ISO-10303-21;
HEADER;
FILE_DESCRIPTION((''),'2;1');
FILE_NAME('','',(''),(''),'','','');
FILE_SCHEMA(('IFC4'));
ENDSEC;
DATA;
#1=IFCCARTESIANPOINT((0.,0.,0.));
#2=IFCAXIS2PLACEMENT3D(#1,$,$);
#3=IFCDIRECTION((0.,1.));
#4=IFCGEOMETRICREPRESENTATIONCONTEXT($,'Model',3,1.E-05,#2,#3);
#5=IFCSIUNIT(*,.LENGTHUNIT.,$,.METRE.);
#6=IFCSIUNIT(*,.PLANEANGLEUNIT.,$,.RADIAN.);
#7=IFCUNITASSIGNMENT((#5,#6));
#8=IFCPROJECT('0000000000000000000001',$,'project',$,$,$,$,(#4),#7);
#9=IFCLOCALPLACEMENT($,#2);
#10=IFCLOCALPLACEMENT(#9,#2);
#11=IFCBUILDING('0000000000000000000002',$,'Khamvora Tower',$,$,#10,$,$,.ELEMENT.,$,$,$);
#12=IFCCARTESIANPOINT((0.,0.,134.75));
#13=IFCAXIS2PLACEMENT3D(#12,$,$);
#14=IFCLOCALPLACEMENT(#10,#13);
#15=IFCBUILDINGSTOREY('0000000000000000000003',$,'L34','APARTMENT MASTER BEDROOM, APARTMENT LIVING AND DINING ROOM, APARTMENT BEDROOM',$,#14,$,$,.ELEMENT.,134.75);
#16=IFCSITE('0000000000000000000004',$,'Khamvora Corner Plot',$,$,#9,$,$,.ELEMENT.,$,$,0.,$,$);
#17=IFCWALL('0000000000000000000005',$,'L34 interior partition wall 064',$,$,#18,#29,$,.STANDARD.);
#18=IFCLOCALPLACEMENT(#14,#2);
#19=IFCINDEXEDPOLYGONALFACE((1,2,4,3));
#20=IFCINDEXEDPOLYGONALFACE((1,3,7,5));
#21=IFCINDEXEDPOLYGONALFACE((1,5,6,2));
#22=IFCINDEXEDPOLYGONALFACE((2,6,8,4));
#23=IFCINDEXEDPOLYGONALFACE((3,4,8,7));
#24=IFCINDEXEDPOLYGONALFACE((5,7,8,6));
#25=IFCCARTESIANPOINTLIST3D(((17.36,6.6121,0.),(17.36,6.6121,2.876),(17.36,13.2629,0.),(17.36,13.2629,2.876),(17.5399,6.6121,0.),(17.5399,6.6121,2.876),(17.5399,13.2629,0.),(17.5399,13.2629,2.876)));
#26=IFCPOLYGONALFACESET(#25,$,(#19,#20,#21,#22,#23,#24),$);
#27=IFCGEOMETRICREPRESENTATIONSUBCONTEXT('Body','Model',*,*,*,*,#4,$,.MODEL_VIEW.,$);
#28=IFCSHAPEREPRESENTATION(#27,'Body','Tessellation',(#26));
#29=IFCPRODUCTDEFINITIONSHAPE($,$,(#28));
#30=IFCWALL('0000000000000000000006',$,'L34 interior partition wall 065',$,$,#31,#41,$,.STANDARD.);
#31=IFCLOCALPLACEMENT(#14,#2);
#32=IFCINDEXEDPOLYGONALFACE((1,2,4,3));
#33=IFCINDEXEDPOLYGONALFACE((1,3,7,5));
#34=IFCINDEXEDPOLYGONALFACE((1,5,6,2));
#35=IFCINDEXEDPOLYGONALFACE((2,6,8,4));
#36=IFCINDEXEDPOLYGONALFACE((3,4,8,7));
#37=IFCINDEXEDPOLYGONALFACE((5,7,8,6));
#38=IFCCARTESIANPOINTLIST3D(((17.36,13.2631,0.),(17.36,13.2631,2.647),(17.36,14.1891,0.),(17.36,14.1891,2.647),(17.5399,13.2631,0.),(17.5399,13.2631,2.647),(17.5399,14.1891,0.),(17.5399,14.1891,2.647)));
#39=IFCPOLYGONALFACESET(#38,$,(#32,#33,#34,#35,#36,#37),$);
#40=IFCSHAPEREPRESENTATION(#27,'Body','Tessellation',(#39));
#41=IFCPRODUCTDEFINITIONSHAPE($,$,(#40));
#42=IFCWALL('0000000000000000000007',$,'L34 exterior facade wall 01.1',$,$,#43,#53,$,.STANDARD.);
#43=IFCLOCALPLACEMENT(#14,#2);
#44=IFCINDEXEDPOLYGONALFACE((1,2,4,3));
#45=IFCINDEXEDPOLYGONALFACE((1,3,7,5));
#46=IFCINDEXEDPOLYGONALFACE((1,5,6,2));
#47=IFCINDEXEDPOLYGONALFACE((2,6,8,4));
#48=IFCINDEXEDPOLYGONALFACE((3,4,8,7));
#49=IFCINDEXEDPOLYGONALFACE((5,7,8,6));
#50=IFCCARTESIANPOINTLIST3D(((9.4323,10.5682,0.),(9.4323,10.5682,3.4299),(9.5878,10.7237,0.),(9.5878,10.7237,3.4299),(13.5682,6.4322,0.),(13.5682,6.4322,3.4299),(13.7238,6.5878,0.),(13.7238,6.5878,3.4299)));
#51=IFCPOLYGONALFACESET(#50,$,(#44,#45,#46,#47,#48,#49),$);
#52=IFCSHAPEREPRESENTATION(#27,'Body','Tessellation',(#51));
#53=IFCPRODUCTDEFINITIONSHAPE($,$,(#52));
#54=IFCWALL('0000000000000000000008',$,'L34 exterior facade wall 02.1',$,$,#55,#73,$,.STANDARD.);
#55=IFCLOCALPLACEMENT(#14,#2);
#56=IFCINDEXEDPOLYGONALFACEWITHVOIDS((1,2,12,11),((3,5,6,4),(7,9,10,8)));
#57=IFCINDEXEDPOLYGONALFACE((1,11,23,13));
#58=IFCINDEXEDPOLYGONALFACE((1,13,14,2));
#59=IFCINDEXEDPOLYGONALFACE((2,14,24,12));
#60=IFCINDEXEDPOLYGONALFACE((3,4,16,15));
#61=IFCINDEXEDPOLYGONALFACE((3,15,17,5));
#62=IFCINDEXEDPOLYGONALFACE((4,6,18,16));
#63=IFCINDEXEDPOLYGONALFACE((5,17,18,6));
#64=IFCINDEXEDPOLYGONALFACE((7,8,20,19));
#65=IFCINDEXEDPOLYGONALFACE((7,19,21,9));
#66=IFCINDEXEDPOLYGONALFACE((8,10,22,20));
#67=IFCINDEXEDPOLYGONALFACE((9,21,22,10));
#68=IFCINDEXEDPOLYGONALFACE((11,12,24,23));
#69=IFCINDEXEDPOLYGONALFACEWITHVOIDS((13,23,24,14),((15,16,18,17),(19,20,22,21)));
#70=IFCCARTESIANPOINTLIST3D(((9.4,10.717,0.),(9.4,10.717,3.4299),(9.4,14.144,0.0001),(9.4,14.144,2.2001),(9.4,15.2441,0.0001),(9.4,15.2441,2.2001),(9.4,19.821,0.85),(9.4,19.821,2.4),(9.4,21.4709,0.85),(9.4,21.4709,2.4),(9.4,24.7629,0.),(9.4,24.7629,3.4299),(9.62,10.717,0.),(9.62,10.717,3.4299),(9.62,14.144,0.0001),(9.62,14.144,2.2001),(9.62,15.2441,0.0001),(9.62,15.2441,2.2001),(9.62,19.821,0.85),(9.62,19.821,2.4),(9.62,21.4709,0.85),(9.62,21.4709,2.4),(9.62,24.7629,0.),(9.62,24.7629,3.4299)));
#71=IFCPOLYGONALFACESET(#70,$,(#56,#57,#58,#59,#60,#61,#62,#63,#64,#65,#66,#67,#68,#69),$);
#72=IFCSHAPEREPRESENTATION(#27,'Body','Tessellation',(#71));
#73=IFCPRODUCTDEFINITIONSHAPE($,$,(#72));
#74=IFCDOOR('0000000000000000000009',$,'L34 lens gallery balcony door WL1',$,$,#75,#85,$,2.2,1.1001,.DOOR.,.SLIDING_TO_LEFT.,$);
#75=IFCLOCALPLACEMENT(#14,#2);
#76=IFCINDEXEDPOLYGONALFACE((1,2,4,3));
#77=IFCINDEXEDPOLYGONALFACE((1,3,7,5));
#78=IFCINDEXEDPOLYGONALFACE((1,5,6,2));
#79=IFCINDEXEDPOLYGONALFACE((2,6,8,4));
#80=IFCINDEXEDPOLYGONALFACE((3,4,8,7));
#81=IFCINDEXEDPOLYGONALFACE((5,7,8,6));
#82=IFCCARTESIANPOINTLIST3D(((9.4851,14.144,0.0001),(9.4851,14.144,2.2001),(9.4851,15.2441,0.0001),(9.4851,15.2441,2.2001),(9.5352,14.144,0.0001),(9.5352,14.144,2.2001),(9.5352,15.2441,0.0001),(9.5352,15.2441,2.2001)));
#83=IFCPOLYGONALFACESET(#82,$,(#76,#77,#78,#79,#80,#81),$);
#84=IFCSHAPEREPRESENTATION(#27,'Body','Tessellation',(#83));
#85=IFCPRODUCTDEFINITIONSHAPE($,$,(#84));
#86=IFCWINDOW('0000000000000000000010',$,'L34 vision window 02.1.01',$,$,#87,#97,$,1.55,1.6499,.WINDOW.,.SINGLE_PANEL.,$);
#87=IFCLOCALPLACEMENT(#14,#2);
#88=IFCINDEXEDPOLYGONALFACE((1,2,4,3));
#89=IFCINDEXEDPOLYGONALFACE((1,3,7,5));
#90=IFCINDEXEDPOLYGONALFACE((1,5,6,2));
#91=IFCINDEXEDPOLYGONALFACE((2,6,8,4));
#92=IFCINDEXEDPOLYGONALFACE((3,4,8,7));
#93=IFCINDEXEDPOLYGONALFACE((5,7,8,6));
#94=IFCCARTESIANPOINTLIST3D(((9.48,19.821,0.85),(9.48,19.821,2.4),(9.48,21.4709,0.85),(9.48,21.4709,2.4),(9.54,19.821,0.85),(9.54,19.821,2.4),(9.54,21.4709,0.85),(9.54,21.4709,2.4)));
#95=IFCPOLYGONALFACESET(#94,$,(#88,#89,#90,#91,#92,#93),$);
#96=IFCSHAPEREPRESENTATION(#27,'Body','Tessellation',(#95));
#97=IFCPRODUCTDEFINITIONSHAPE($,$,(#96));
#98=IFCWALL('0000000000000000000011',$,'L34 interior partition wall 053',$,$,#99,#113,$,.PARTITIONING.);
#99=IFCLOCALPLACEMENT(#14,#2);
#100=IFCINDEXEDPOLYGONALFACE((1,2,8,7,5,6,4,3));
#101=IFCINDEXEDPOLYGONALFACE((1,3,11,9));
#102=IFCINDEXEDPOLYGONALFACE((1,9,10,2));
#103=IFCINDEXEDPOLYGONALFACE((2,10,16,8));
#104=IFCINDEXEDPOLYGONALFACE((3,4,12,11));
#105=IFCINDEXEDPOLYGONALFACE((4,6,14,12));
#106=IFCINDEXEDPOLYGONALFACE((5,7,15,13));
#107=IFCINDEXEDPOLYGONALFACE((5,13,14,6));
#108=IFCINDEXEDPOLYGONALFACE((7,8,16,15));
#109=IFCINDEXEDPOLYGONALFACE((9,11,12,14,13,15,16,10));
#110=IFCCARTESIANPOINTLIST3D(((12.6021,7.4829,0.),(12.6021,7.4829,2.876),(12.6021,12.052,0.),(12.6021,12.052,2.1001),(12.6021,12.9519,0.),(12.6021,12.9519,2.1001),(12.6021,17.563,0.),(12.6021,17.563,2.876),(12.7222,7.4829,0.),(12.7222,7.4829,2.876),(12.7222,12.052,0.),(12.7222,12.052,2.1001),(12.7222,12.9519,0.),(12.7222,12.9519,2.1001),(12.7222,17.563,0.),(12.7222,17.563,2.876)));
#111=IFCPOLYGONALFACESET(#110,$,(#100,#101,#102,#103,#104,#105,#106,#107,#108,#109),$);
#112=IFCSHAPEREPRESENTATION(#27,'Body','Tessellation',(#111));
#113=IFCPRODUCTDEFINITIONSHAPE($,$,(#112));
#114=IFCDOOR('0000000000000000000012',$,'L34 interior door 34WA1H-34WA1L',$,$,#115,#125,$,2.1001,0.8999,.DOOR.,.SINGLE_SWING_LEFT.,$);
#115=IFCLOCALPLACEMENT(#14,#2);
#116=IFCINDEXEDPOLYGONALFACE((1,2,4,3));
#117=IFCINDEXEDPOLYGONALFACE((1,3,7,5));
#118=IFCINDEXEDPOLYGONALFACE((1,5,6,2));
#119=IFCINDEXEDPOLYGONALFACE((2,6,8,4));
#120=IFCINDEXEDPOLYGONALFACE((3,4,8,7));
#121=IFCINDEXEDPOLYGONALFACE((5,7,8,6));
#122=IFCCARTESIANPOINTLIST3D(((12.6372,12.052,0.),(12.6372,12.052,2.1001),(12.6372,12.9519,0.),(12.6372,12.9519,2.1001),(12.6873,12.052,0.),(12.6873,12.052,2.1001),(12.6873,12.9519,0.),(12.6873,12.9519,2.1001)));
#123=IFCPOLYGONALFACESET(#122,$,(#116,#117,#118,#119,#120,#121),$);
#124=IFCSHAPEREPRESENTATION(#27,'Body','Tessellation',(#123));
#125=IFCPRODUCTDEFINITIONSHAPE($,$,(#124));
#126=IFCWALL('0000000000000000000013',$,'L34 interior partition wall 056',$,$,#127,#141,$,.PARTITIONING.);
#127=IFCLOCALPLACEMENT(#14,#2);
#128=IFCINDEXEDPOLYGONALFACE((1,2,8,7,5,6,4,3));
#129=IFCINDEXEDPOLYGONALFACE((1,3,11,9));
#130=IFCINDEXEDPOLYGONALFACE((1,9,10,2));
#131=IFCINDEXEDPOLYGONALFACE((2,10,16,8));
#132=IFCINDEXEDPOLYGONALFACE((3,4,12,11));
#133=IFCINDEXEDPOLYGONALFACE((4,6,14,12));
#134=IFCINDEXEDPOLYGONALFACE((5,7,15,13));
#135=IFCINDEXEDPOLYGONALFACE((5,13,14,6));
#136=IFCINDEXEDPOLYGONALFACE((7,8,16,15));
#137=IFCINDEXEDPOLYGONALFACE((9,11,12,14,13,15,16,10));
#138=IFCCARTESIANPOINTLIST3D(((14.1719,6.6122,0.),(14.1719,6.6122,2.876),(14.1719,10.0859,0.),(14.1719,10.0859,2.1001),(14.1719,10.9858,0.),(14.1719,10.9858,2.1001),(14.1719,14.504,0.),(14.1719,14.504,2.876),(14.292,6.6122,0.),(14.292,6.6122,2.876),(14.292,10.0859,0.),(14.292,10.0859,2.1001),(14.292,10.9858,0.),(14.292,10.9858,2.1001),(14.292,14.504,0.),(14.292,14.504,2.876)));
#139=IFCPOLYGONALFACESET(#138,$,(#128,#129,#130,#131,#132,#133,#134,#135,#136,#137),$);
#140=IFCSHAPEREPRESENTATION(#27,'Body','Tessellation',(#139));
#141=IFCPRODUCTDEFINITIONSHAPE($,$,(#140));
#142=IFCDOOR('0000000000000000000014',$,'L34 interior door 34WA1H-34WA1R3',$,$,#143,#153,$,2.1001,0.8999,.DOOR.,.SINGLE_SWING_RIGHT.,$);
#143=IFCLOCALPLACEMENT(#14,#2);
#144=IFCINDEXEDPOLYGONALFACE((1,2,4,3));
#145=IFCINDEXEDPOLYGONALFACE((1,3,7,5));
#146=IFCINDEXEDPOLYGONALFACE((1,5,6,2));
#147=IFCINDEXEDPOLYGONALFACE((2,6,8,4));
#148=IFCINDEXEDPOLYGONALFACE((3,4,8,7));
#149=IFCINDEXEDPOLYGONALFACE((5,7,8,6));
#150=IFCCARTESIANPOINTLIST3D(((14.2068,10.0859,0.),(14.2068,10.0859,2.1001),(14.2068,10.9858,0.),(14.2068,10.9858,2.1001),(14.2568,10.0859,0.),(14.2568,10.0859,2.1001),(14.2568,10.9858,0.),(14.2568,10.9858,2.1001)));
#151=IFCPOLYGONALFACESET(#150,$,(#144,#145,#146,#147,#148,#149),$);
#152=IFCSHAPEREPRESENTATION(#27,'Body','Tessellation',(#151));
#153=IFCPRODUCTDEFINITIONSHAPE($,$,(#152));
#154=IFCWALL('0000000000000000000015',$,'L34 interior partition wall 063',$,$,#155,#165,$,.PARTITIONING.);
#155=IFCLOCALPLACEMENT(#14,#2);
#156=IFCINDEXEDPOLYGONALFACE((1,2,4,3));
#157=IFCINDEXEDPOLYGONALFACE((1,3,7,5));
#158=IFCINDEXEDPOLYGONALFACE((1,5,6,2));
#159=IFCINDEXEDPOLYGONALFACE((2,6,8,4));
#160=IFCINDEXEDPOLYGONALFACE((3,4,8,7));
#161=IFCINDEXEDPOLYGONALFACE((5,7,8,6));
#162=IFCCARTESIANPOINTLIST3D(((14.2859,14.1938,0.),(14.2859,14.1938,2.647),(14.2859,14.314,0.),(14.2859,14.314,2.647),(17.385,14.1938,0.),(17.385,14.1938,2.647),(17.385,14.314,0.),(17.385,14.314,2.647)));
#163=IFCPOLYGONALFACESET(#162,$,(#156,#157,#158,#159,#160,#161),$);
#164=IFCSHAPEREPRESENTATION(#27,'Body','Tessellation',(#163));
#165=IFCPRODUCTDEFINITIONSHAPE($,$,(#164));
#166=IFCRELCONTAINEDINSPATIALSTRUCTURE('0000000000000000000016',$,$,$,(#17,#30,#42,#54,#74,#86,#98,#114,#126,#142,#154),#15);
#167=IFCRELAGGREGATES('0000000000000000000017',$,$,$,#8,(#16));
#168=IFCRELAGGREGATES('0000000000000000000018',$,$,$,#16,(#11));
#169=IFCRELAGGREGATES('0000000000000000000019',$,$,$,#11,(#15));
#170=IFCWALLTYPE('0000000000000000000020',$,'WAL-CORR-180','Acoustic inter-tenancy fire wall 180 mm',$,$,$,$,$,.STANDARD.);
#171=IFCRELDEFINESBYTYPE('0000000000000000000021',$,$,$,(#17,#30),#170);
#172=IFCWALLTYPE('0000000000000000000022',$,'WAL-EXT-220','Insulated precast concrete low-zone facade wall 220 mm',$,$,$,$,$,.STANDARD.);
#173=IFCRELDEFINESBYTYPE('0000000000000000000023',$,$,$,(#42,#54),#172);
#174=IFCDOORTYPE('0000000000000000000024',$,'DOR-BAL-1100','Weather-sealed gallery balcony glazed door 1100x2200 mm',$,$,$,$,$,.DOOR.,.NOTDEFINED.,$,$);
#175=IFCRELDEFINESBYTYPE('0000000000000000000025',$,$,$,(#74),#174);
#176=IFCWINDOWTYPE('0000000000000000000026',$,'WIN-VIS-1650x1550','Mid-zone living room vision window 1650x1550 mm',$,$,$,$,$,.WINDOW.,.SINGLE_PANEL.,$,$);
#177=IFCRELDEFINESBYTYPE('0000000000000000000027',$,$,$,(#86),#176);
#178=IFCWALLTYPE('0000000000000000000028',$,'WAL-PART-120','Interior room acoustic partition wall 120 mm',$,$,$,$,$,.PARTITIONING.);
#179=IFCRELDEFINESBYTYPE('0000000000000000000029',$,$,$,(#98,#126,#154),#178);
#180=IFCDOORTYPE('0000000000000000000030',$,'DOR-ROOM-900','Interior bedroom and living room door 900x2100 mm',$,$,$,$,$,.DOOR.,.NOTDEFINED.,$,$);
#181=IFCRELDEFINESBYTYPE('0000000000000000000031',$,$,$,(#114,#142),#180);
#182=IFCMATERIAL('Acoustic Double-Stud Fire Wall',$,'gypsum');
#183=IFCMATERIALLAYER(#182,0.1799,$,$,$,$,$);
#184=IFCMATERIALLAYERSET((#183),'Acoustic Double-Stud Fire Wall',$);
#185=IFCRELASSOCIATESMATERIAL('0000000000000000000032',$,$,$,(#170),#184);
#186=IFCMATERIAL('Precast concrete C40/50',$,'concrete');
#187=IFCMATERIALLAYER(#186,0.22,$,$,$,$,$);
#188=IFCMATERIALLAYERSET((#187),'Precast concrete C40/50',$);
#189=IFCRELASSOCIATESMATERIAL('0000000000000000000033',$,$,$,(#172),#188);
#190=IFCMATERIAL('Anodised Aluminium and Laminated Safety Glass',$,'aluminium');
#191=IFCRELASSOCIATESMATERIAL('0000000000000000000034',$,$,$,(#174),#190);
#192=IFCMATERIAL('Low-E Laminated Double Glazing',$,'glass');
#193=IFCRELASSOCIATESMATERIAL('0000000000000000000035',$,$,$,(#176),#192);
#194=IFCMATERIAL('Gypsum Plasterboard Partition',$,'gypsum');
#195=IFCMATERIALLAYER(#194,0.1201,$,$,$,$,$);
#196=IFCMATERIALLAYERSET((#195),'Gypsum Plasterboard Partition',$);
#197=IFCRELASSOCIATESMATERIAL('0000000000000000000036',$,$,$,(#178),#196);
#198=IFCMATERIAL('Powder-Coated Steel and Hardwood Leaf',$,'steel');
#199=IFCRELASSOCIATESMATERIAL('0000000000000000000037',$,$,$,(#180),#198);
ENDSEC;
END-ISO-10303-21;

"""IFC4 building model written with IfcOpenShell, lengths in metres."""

from ifc_helpers import new_model, si_unit, direction, frame, frame_2d, origin, place, context, subcontext, project, spatial, rectangle, extrude, material, layer, layer_set, type_object, element, fill, save


model = new_model("IFC4")

# Units and contexts
model_context = context("Model", 3, precision=1e-05, world=origin(), true_north=direction((0.0, 1.0)))
body_context = subcontext(model_context, "Body", "Model", "MODEL_VIEW")
ifc_project = project(units=[si_unit("LENGTHUNIT", "METRE"), si_unit("PLANEANGLEUNIT", "RADIAN")], contexts=[model_context])

# Site, building, storey
site_placement = place(None, origin())
site = spatial("IfcSite", under=ifc_project, at=site_placement, Name="Khamvora Corner Plot", CompositionType="ELEMENT", RefElevation=0.0)
building_placement = place(site_placement, origin())
building = spatial("IfcBuilding", under=site, at=building_placement, Name="Khamvora Tower", CompositionType="ELEMENT")
storey_placement = place(building_placement, frame((0.0, 0.0, 134.75)))
storey = spatial("IfcBuildingStorey", under=building, at=storey_placement, Name="L34", Description="APARTMENT MASTER BEDROOM, APARTMENT LIVING AND DINING ROOM, APARTMENT BEDROOM", CompositionType="ELEMENT", Elevation=134.75)

# Walls
ifc_material_1 = material(Name="Acoustic Double-Stud Fire Wall", Category="gypsum")
ifc_layer_1 = layer(ifc_material_1, 0.1799)
ifc_layer_set_1 = layer_set([ifc_layer_1], Name="Acoustic Double-Stud Fire Wall")
wall_type_1 = type_object("IfcWallType", Name="WAL-CORR-180", Description="Acoustic inter-tenancy fire wall 180 mm", PredefinedType="STANDARD", material=ifc_layer_set_1)
wall_1_placement = place(storey_placement, frame((17.45, 13.2629, 0.0), z_axis=(0.0, 0.0, 1.0), x_axis=(0.0, -1.0, 0.0)))
element("IfcWall", 1, at=wall_1_placement, inside=storey, type_object=wall_type_1, Name="L34 interior partition wall 064", PredefinedType="STANDARD", context=body_context, shape_type="SweptSolid", body=[
    extrude(rectangle(XDim=6.6509, YDim=0.1799, at=frame_2d((3.3254, 0.0))), origin(), (0.0, 0.0, 1.0), 2.876),
])
wall_2_placement = place(storey_placement, frame((17.45, 14.189, 0.0), z_axis=(0.0, 0.0, 1.0), x_axis=(0.0, -1.0, 0.0)))
element("IfcWall", 2, at=wall_2_placement, inside=storey, type_object=wall_type_1, Name="L34 interior partition wall 065", PredefinedType="STANDARD", context=body_context, shape_type="SweptSolid", body=[
    extrude(rectangle(XDim=0.926, YDim=0.1799, at=frame_2d((0.4629, 0.0))), origin(), (0.0, 0.0, 1.0), 2.647),
])
ifc_material_2 = material(Name="Precast concrete C40/50", Category="concrete")
ifc_layer_2 = layer(ifc_material_2, 0.22)
ifc_layer_set_2 = layer_set([ifc_layer_2], Name="Precast concrete C40/50")
wall_type_2 = type_object("IfcWallType", Name="WAL-EXT-220", Description="Insulated precast concrete low-zone facade wall 220 mm", PredefinedType="STANDARD", material=ifc_layer_set_2)
wall_3_placement = place(storey_placement, frame((13.646, 6.51, 0.0), z_axis=(0.0, 0.0, 1.0), x_axis=(-0.707107, 0.707107, 0.0)))
element("IfcWall", 3, at=wall_3_placement, inside=storey, type_object=wall_type_2, Name="L34 exterior facade wall 01.1", PredefinedType="STANDARD", context=body_context, shape_type="SweptSolid", body=[
    extrude(rectangle(XDim=5.8491, YDim=0.22, at=frame_2d((2.9246, 0.0))), origin(), (0.0, 0.0, 1.0), 3.4299),
])

# Wall, openings, door, window
wall_4_placement = place(storey_placement, frame((9.51, 10.717, 0.0), z_axis=(0.0, 0.0, 1.0), x_axis=(0.0, 1.0, 0.0)))
wall_4 = element("IfcWall", 4, at=wall_4_placement, inside=storey, type_object=wall_type_2, Name="L34 exterior facade wall 02.1", PredefinedType="STANDARD", context=body_context, shape_type="SweptSolid", body=[
    extrude(rectangle(XDim=14.0459, YDim=0.22, at=frame_2d((7.0229, 0.0))), origin(), (0.0, 0.0, 1.0), 3.4299),
])
opening_1_placement = place(wall_4_placement, frame((3.427, 0.0, 0.0)))
opening_1 = element("IfcOpeningElement", 5, at=opening_1_placement, cuts=wall_4, PredefinedType="OPENING", context=body_context, shape_type="SweptSolid", body=[
    extrude(rectangle(XDim=1.1001, YDim=2.2, at=frame_2d((0.55, 1.1001))), frame((0.0, 0.1199, 0.0), z_axis=(0.0, -1.0, 0.0), x_axis=(1.0, 0.0, 0.0)), (0.0, 0.0, 1.0), 0.24),
])
opening_2_placement = place(wall_4_placement, frame((9.104, 0.0, 0.8501)))
opening_2 = element("IfcOpeningElement", 6, at=opening_2_placement, cuts=wall_4, PredefinedType="OPENING", context=body_context, shape_type="SweptSolid", body=[
    extrude(rectangle(XDim=1.6499, YDim=1.55, at=frame_2d((0.825, 0.7749))), frame((0.0, 0.1199, 0.0), z_axis=(0.0, -1.0, 0.0), x_axis=(1.0, 0.0, 0.0)), (0.0, 0.0, 1.0), 0.24),
])
ifc_material_3 = material(Name="Anodised Aluminium and Laminated Safety Glass", Category="aluminium")
door_type_1 = type_object("IfcDoorType", Name="DOR-BAL-1100", Description="Weather-sealed gallery balcony glazed door 1100x2200 mm", OperationType="NOTDEFINED", PredefinedType="DOOR", material=ifc_material_3)
door_1_placement = place(opening_1_placement, origin())
door_1 = element("IfcDoor", 7, at=door_1_placement, inside=storey, type_object=door_type_1, Name="L34 lens gallery balcony door WL1", OperationType="SLIDING_TO_LEFT", OverallHeight=2.2, OverallWidth=1.1001, PredefinedType="DOOR", context=body_context, shape_type="SweptSolid", body=[
    extrude(rectangle(XDim=1.1001, YDim=2.2, at=frame_2d((0.55, 1.1001))), frame((0.0, 0.0249, 0.0), z_axis=(0.0, -1.0, 0.0), x_axis=(1.0, 0.0, 0.0)), (0.0, 0.0, 1.0), 0.05),
])
fill(opening_1, door_1)
ifc_material_4 = material(Name="Low-E Laminated Double Glazing", Category="glass")
window_type = type_object("IfcWindowType", Name="WIN-VIS-1650x1550", Description="Mid-zone living room vision window 1650x1550 mm", PartitioningType="SINGLE_PANEL", PredefinedType="WINDOW", material=ifc_material_4)
window_placement = place(opening_2_placement, origin())
window = element("IfcWindow", 8, at=window_placement, inside=storey, type_object=window_type, Name="L34 vision window 02.1.01", OverallHeight=1.55, OverallWidth=1.6499, PartitioningType="SINGLE_PANEL", PredefinedType="WINDOW", context=body_context, shape_type="SweptSolid", body=[
    extrude(rectangle(XDim=1.6499, YDim=1.55, at=frame_2d((0.825, 0.7749))), frame((0.0, 0.03, 0.0), z_axis=(0.0, -1.0, 0.0), x_axis=(1.0, 0.0, 0.0)), (0.0, 0.0, 1.0), 0.0601),
])
fill(opening_2, window)

# Walls, openings, doors
ifc_material_5 = material(Name="Gypsum Plasterboard Partition", Category="gypsum")
ifc_layer_3 = layer(ifc_material_5, 0.1201)
ifc_layer_set_3 = layer_set([ifc_layer_3], Name="Gypsum Plasterboard Partition")
wall_type_3 = type_object("IfcWallType", Name="WAL-PART-120", Description="Interior room acoustic partition wall 120 mm", PredefinedType="PARTITIONING", material=ifc_layer_set_3)
wall_5_placement = place(storey_placement, frame((12.6621, 7.4829, 0.0), z_axis=(0.0, 0.0, 1.0), x_axis=(0.0, 1.0, 0.0)))
wall_5 = element("IfcWall", 9, at=wall_5_placement, inside=storey, type_object=wall_type_3, Name="L34 interior partition wall 053", PredefinedType="PARTITIONING", context=body_context, shape_type="SweptSolid", body=[
    extrude(rectangle(XDim=10.0801, YDim=0.1201, at=frame_2d((5.04, 0.0))), origin(), (0.0, 0.0, 1.0), 2.876),
])
opening_3_placement = place(wall_5_placement, frame((4.5691, 0.0, 0.0)))
opening_3 = element("IfcOpeningElement", 10, at=opening_3_placement, cuts=wall_5, PredefinedType="OPENING", context=body_context, shape_type="SweptSolid", body=[
    extrude(rectangle(XDim=0.8999, YDim=2.1001, at=frame_2d((0.45, 1.05))), frame((0.0, 0.0701, 0.0), z_axis=(0.0, -1.0, 0.0), x_axis=(1.0, 0.0, 0.0)), (0.0, 0.0, 1.0), 0.1401),
])
ifc_material_6 = material(Name="Powder-Coated Steel and Hardwood Leaf", Category="steel")
door_type_2 = type_object("IfcDoorType", Name="DOR-ROOM-900", Description="Interior bedroom and living room door 900x2100 mm", OperationType="NOTDEFINED", PredefinedType="DOOR", material=ifc_material_6)
door_2_placement = place(opening_3_placement, origin())
door_2 = element("IfcDoor", 11, at=door_2_placement, inside=storey, type_object=door_type_2, Name="L34 interior door 34WA1H-34WA1L", OperationType="SINGLE_SWING_LEFT", OverallHeight=2.1001, OverallWidth=0.8999, PredefinedType="DOOR", context=body_context, shape_type="SweptSolid", body=[
    extrude(rectangle(XDim=0.8999, YDim=2.1001, at=frame_2d((0.45, 1.05))), frame((0.0, 0.0249, 0.0), z_axis=(0.0, -1.0, 0.0), x_axis=(1.0, 0.0, 0.0)), (0.0, 0.0, 1.0), 0.05),
])
fill(opening_3, door_2)
wall_6_placement = place(storey_placement, frame((14.2319, 14.5039, 0.0), z_axis=(0.0, 0.0, 1.0), x_axis=(0.0, -1.0, 0.0)))
wall_6 = element("IfcWall", 12, at=wall_6_placement, inside=storey, type_object=wall_type_3, Name="L34 interior partition wall 056", PredefinedType="PARTITIONING", context=body_context, shape_type="SweptSolid", body=[
    extrude(rectangle(XDim=7.8918, YDim=0.1201, at=frame_2d((3.9458, 0.0))), origin(), (0.0, 0.0, 1.0), 2.876),
])
opening_4_placement = place(wall_6_placement, frame((3.5181, 0.0, 0.0)))
opening_4 = element("IfcOpeningElement", 13, at=opening_4_placement, cuts=wall_6, PredefinedType="OPENING", context=body_context, shape_type="SweptSolid", body=[
    extrude(rectangle(XDim=0.8999, YDim=2.1001, at=frame_2d((0.45, 1.05))), frame((0.0, 0.0701, 0.0), z_axis=(0.0, -1.0, 0.0), x_axis=(1.0, 0.0, 0.0)), (0.0, 0.0, 1.0), 0.1401),
])
door_3_placement = place(opening_4_placement, origin())
door_3 = element("IfcDoor", 14, at=door_3_placement, inside=storey, type_object=door_type_2, Name="L34 interior door 34WA1H-34WA1R3", OperationType="SINGLE_SWING_RIGHT", OverallHeight=2.1001, OverallWidth=0.8999, PredefinedType="DOOR", context=body_context, shape_type="SweptSolid", body=[
    extrude(rectangle(XDim=0.8999, YDim=2.1001, at=frame_2d((0.45, 1.05))), frame((0.0, 0.0249, 0.0), z_axis=(0.0, -1.0, 0.0), x_axis=(1.0, 0.0, 0.0)), (0.0, 0.0, 1.0), 0.05),
])
fill(opening_4, door_3)

# Wall
wall_7_placement = place(storey_placement, frame((14.2859, 14.2539, 0.0), z_axis=(0.0, 0.0, 1.0), x_axis=(1.0, 0.0, 0.0)))
element("IfcWall", 15, at=wall_7_placement, inside=storey, type_object=wall_type_3, Name="L34 interior partition wall 063", PredefinedType="PARTITIONING", context=body_context, shape_type="SweptSolid", body=[
    extrude(rectangle(XDim=3.0991, YDim=0.1201, at=frame_2d((1.5496, 0.0))), origin(), (0.0, 0.0, 1.0), 2.647),
])

save(model, "model.ifc")
